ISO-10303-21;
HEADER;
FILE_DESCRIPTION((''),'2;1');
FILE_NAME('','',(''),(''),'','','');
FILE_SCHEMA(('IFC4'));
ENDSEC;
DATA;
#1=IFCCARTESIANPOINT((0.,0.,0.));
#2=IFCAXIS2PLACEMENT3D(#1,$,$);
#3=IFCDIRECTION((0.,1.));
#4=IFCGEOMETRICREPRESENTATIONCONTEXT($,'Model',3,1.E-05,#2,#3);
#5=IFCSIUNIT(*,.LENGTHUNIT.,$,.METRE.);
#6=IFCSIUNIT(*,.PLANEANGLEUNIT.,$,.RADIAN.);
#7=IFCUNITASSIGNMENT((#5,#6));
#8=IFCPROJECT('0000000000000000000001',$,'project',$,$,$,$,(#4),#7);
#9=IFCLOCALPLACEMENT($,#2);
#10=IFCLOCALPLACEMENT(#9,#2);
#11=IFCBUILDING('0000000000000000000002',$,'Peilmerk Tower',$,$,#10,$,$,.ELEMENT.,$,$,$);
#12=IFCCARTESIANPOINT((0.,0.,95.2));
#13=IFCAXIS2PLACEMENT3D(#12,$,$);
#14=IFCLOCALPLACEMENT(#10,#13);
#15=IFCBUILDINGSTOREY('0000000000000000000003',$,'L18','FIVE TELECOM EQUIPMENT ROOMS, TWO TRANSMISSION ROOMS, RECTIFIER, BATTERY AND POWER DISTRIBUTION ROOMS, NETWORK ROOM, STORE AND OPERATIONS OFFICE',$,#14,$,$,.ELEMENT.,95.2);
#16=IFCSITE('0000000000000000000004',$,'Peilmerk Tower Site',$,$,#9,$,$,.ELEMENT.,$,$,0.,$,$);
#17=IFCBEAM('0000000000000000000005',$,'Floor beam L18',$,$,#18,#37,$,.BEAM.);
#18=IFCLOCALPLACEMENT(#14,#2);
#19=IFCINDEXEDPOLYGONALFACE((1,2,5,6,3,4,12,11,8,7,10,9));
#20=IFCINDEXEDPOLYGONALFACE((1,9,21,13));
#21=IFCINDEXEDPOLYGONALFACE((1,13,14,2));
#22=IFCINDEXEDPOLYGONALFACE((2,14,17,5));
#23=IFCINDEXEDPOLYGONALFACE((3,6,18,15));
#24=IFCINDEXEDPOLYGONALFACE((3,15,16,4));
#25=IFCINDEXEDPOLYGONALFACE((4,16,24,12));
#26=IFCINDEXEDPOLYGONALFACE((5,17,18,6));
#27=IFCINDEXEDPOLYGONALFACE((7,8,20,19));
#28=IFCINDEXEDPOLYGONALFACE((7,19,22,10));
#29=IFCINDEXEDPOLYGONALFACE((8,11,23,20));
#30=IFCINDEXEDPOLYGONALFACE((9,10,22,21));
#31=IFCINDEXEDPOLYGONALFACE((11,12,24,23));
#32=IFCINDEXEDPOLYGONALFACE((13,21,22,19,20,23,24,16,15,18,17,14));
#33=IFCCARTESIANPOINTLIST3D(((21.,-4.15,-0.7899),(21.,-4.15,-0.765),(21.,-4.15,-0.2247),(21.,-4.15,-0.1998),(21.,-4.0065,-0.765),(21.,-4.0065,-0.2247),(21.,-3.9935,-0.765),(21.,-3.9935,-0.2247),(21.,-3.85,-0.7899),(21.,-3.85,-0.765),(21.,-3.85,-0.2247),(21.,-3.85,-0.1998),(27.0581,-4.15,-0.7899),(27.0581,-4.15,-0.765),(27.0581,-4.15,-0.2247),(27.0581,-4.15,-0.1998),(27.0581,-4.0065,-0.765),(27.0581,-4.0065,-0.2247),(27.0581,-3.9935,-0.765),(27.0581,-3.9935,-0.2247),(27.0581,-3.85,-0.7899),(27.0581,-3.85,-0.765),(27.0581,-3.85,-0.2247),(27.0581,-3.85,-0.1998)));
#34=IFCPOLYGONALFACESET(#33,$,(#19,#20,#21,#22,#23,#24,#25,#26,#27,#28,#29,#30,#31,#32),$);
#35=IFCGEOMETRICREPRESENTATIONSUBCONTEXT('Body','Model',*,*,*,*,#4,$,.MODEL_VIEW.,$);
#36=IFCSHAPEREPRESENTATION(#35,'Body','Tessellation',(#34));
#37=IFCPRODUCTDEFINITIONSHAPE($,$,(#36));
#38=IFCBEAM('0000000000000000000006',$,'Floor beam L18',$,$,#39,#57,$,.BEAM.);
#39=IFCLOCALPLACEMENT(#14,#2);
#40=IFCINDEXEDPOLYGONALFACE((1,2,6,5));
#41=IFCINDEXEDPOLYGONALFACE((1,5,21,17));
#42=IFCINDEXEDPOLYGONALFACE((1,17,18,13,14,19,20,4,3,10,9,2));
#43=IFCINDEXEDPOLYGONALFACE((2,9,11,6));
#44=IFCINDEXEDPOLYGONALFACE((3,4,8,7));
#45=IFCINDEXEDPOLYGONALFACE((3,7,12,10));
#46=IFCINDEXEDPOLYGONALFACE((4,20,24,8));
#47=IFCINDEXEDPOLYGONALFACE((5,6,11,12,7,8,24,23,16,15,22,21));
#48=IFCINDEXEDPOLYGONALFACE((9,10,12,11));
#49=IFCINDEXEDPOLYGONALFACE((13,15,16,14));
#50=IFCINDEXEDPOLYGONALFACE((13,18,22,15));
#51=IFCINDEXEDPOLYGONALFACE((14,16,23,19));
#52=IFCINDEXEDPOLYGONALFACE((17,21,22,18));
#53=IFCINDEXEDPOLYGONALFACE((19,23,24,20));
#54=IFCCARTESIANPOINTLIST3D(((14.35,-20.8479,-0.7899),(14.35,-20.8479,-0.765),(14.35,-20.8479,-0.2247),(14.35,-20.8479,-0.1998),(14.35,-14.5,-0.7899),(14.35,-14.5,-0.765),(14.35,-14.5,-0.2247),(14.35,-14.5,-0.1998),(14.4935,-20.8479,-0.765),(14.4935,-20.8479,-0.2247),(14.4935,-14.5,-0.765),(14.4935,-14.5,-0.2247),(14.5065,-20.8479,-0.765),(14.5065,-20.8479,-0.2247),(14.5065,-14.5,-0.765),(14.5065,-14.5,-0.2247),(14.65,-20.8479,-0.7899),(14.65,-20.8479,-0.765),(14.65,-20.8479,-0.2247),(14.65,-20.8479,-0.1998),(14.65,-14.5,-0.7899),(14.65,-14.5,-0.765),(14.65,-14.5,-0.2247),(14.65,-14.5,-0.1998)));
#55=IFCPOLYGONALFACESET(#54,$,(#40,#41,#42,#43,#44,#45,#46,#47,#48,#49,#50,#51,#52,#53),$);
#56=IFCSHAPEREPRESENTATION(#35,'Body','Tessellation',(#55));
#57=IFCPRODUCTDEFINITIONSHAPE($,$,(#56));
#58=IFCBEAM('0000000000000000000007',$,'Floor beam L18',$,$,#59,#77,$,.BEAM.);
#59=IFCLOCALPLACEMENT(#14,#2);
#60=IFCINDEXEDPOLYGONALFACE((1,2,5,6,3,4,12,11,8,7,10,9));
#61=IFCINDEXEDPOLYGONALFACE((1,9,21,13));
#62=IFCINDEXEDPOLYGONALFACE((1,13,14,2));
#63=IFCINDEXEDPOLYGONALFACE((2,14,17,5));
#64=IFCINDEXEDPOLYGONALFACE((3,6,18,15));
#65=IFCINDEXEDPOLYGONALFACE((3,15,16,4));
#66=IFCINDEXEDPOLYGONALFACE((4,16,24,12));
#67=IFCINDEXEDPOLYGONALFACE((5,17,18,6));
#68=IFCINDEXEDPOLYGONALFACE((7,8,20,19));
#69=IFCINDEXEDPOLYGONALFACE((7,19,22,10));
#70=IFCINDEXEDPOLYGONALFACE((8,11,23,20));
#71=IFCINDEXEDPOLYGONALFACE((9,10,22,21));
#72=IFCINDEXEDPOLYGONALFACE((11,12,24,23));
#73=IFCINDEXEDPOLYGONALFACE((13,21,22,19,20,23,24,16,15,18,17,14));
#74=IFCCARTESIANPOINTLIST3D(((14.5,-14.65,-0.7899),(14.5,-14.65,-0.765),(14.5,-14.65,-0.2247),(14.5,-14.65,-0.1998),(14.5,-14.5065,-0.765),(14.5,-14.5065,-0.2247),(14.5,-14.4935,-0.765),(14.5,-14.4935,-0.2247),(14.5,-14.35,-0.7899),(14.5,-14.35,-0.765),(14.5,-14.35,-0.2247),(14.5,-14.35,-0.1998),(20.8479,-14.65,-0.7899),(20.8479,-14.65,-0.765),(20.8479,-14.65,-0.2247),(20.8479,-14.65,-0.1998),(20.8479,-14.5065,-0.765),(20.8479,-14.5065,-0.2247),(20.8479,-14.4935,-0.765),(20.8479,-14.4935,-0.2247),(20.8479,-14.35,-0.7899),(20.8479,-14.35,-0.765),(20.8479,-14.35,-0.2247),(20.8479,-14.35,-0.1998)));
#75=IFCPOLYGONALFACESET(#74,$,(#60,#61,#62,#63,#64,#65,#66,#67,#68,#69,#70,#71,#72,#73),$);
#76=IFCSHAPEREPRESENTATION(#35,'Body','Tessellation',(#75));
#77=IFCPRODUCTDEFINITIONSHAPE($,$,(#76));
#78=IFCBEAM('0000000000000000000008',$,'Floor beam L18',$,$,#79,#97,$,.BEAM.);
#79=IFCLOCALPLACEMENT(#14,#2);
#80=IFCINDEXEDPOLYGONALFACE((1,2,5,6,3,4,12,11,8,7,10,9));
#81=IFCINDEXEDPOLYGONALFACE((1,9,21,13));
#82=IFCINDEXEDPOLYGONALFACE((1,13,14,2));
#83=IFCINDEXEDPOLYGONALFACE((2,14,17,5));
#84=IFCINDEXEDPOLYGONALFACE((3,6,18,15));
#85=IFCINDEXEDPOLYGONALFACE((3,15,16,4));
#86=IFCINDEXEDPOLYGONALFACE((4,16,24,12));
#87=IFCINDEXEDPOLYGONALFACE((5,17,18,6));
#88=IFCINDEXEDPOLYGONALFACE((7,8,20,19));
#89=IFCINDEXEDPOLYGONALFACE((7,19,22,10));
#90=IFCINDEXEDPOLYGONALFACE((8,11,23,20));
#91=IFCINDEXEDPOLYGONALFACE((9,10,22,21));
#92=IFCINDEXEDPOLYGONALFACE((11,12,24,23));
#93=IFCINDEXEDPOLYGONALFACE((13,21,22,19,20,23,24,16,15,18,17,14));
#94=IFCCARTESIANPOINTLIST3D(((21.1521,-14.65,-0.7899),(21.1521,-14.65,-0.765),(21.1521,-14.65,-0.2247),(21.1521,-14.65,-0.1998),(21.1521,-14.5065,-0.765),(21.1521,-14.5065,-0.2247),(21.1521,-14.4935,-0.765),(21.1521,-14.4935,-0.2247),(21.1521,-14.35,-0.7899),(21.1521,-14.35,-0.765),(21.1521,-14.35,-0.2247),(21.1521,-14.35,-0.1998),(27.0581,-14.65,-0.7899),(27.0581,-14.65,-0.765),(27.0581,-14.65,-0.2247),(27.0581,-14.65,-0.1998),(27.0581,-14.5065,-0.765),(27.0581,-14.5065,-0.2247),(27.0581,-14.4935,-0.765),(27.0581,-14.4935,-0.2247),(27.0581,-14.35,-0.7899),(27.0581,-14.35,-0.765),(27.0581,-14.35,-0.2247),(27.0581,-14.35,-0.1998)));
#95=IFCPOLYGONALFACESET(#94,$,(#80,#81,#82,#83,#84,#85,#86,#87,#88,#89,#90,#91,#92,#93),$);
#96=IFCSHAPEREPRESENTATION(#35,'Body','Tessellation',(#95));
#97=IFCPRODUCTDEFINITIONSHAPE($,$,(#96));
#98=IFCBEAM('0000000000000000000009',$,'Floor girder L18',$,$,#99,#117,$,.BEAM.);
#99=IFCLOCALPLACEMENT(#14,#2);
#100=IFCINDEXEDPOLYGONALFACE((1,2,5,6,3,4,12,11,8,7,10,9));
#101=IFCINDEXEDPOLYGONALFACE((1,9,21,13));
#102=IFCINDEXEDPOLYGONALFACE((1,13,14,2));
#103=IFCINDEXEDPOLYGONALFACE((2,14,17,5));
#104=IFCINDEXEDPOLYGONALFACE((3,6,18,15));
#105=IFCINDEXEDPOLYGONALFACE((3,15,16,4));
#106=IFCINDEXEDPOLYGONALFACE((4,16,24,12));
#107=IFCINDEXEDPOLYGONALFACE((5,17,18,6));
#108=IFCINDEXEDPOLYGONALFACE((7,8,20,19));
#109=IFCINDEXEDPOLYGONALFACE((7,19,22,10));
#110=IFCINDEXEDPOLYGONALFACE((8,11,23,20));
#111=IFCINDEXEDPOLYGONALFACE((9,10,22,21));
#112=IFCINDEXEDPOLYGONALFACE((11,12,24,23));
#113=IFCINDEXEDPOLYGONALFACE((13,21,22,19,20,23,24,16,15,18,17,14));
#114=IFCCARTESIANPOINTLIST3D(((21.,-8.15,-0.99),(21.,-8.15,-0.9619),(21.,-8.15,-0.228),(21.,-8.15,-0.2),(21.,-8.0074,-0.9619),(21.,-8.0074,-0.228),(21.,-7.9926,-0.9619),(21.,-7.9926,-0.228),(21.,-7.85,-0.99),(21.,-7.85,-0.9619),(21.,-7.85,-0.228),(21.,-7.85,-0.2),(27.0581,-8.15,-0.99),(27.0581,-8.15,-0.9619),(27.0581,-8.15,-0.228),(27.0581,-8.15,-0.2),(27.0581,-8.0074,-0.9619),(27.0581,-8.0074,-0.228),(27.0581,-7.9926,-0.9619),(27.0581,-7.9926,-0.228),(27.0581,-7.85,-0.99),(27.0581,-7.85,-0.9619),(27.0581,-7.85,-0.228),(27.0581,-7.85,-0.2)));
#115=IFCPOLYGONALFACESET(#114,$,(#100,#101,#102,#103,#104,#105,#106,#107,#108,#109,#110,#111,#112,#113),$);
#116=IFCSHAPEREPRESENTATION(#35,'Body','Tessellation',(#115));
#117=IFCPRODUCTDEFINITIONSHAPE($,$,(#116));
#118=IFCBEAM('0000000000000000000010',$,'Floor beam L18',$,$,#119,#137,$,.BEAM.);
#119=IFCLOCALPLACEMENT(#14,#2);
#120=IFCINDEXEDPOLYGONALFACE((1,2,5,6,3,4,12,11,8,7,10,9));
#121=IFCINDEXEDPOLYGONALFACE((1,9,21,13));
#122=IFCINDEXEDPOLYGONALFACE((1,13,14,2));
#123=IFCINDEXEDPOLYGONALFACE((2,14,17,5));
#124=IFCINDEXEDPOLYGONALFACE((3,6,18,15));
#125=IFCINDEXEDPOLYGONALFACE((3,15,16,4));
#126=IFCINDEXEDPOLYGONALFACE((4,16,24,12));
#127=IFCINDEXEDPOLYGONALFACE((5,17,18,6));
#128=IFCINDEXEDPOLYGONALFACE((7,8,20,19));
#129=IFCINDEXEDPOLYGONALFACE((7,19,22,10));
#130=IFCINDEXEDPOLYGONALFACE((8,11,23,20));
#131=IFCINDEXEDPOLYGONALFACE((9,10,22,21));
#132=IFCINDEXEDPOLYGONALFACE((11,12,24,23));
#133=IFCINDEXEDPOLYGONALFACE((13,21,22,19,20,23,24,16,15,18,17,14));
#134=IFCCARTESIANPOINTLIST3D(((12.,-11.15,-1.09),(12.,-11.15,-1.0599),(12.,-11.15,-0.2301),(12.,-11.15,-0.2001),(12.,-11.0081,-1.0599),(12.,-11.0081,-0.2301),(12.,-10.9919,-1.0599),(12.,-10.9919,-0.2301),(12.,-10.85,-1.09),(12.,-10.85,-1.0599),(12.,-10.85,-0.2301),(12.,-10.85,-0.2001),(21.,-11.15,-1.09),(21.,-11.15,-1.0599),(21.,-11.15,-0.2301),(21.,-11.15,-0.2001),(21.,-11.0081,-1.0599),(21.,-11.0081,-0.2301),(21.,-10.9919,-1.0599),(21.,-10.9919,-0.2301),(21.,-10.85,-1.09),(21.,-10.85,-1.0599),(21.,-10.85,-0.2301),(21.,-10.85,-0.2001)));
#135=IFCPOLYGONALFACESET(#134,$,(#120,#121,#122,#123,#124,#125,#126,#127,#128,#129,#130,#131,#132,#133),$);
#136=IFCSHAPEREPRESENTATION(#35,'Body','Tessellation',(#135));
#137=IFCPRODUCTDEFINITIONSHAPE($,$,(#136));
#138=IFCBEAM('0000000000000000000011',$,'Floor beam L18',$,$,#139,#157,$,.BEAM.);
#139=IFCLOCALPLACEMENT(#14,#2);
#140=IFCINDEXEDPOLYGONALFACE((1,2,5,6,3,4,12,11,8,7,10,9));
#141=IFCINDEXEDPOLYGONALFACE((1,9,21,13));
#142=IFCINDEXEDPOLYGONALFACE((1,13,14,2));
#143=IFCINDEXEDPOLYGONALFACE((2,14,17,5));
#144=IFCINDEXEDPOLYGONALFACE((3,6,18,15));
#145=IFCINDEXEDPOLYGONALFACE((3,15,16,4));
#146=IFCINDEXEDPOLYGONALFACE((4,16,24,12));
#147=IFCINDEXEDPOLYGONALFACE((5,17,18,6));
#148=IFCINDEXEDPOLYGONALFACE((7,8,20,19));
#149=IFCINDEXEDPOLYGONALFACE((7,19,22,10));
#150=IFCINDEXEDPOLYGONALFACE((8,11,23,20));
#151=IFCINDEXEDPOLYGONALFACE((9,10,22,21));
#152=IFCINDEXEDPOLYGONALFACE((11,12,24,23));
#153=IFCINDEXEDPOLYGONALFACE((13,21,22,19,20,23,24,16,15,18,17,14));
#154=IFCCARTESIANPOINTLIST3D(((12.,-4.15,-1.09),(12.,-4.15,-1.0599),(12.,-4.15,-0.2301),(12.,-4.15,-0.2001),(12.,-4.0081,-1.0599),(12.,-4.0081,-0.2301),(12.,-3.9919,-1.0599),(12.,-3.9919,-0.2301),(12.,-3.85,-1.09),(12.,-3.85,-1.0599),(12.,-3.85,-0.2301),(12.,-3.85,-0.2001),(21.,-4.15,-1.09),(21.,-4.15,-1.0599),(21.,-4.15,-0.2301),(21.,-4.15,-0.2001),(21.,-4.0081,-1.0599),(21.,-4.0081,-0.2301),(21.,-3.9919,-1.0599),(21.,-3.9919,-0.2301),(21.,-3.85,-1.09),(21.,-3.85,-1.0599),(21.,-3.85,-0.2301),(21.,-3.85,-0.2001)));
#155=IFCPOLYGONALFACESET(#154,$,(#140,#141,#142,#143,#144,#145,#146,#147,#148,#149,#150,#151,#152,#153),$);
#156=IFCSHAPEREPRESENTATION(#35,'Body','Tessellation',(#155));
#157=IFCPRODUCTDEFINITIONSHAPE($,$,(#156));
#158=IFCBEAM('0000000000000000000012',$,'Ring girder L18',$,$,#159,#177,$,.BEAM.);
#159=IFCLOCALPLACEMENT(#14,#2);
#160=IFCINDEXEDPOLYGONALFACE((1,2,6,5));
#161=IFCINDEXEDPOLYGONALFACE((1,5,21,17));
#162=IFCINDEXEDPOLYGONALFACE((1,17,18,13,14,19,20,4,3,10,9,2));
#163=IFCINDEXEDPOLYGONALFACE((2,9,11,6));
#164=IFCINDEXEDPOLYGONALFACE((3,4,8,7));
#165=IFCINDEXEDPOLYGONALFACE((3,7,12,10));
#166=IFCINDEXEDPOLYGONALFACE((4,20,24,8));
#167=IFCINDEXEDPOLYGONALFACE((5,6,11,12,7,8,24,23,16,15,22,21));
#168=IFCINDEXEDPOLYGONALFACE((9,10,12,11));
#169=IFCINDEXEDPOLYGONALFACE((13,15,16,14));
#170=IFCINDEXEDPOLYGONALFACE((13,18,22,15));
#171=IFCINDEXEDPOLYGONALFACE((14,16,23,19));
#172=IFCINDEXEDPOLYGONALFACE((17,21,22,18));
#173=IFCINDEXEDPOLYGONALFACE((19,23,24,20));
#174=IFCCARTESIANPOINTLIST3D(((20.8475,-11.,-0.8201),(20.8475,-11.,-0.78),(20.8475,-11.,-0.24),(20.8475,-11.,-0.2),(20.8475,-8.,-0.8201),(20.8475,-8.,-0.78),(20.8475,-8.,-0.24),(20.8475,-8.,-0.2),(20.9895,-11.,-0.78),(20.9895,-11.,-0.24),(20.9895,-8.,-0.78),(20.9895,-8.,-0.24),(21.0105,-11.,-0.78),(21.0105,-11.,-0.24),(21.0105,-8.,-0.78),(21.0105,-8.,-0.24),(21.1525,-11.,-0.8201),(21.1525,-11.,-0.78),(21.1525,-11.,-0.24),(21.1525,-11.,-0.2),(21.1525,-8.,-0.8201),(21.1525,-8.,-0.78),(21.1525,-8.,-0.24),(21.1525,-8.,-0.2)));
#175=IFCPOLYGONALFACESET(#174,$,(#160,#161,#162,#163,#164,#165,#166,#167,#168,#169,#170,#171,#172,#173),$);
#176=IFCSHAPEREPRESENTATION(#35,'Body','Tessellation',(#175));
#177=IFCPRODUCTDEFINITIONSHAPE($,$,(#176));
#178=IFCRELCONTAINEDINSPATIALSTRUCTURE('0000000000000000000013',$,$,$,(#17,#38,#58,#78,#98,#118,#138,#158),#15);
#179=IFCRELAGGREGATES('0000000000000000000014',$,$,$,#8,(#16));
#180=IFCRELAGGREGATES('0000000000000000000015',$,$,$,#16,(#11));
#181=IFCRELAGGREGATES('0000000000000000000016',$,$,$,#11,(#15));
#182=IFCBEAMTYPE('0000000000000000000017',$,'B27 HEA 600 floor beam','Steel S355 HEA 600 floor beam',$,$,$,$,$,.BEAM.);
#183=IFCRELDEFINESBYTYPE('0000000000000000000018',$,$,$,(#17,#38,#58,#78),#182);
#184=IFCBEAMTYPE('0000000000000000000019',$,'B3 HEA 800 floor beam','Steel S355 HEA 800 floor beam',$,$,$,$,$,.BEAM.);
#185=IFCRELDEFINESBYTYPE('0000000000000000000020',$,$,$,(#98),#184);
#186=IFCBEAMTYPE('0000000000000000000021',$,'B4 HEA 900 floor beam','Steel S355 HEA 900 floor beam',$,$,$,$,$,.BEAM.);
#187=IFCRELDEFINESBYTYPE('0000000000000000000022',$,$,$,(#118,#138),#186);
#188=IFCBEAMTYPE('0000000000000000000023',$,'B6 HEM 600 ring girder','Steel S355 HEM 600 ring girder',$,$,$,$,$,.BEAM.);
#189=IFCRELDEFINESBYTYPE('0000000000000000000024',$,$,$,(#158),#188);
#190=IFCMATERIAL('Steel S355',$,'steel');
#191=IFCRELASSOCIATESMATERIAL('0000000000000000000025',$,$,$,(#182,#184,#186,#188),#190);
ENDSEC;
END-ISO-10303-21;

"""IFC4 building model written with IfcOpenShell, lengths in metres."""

from ifc_helpers import new_model, si_unit, direction, frame, origin, origin_2d, place, context, subcontext, project, spatial, i_section, extrude, material, material_profile, profile_set, type_object, element, save


model = new_model("IFC4")

# Units and contexts
model_context = context("Model", 3, precision=1e-05, world=origin(), true_north=direction((0.0, 1.0)))
body_context = subcontext(model_context, "Body", "Model", "MODEL_VIEW")
ifc_project = project(units=[si_unit("LENGTHUNIT", "METRE"), si_unit("PLANEANGLEUNIT", "RADIAN")], contexts=[model_context])

# Site, building, storey
site_placement = place(None, origin())
site = spatial("IfcSite", under=ifc_project, at=site_placement, Name="Peilmerk Tower Site", CompositionType="ELEMENT", RefElevation=0.0)
building_placement = place(site_placement, origin())
building = spatial("IfcBuilding", under=site, at=building_placement, Name="Peilmerk Tower", CompositionType="ELEMENT")
storey_placement = place(building_placement, frame((0.0, 0.0, 95.2)))
storey = spatial("IfcBuildingStorey", under=building, at=storey_placement, Name="L18", Description="FIVE TELECOM EQUIPMENT ROOMS, TWO TRANSMISSION ROOMS, RECTIFIER, BATTERY AND POWER DISTRIBUTION ROOMS, NETWORK ROOM, STORE AND OPERATIONS OFFICE", CompositionType="ELEMENT", Elevation=95.2)

# Beams
ifc_material_1 = material(Name="Steel S355", Category="steel")
ifc_material_profile_1 = material_profile(ifc_material_1, i_section(OverallWidth=0.3, OverallDepth=0.5901, WebThickness=0.0129, FlangeThickness=0.0249, at=origin_2d()), Name="HEA 600")
ifc_profile_set_1 = profile_set([ifc_material_profile_1], Name="Steel S355")
beam_type_1 = type_object("IfcBeamType", Name="B27 HEA 600 floor beam", Description="Steel S355 HEA 600 floor beam", PredefinedType="BEAM", material=ifc_profile_set_1)
for number, where, z_axis, x_axis, name in (
    (1, (21.0, -4.0, -0.4949), (1.0, 0.0, 0.0), (0.0, 1.0, 0.0), "Floor beam L18"),
):
    element("IfcBeam", number, at=place(storey_placement, frame(where, z_axis=z_axis, x_axis=x_axis)), inside=storey, type_object=beam_type_1, Name=name, PredefinedType="BEAM", context=body_context, shape_type="SweptSolid", body=[
        extrude(i_section(OverallWidth=0.3, OverallDepth=0.5901, WebThickness=0.0129, FlangeThickness=0.0249, at=origin_2d()), origin(), (0.0, 0.0, 1.0), 6.0581),
    ])
for number, where, z_axis, x_axis, name in (
    (2, (14.5, -14.5, -0.4949), (0.0, -1.0, 0.0), (1.0, 0.0, 0.0), "Floor beam L18"),
    (3, (14.5, -14.5, -0.4949), (1.0, 0.0, 0.0), (0.0, 1.0, 0.0), "Floor beam L18"),
):
    element("IfcBeam", number, at=place(storey_placement, frame(where, z_axis=z_axis, x_axis=x_axis)), inside=storey, type_object=beam_type_1, Name=name, PredefinedType="BEAM", context=body_context, shape_type="SweptSolid", body=[
        extrude(i_section(OverallWidth=0.3, OverallDepth=0.5901, WebThickness=0.0129, FlangeThickness=0.0249, at=origin_2d()), origin(), (0.0, 0.0, 1.0), 6.3479),
    ])
beam_1_placement = place(storey_placement, frame((21.1521, -14.5, -0.4949), z_axis=(1.0, 0.0, 0.0), x_axis=(0.0, 1.0, 0.0)))
element("IfcBeam", 4, at=beam_1_placement, inside=storey, type_object=beam_type_1, Name="Floor beam L18", PredefinedType="BEAM", context=body_context, shape_type="SweptSolid", body=[
    extrude(i_section(OverallWidth=0.3, OverallDepth=0.5901, WebThickness=0.0129, FlangeThickness=0.0249, at=origin_2d()), origin(), (0.0, 0.0, 1.0), 5.906),
])
ifc_material_profile_2 = material_profile(ifc_material_1, i_section(OverallWidth=0.3, OverallDepth=0.79, WebThickness=0.0149, FlangeThickness=0.0281, at=origin_2d()), Name="HEA 800")
ifc_profile_set_2 = profile_set([ifc_material_profile_2], Name="Steel S355")
beam_type_2 = type_object("IfcBeamType", Name="B3 HEA 800 floor beam", Description="Steel S355 HEA 800 floor beam", PredefinedType="BEAM", material=ifc_profile_set_2)
beam_2_placement = place(storey_placement, frame((21.0, -8.0, -0.595), z_axis=(1.0, 0.0, 0.0), x_axis=(0.0, 1.0, 0.0)))
element("IfcBeam", 5, at=beam_2_placement, inside=storey, type_object=beam_type_2, Name="Floor girder L18", PredefinedType="BEAM", context=body_context, shape_type="SweptSolid", body=[
    extrude(i_section(OverallWidth=0.3, OverallDepth=0.79, WebThickness=0.0149, FlangeThickness=0.0281, at=origin_2d()), origin(), (0.0, 0.0, 1.0), 6.0581),
])
ifc_material_profile_3 = material_profile(ifc_material_1, i_section(OverallWidth=0.3, OverallDepth=0.8899, WebThickness=0.0161, FlangeThickness=0.03, at=origin_2d()), Name="HEA 900")
ifc_profile_set_3 = profile_set([ifc_material_profile_3], Name="Steel S355")
beam_type_3 = type_object("IfcBeamType", Name="B4 HEA 900 floor beam", Description="Steel S355 HEA 900 floor beam", PredefinedType="BEAM", material=ifc_profile_set_3)
for number, where, z_axis, x_axis, name in (
    (6, (12.0, -11.0, -0.645), (1.0, 0.0, 0.0), (0.0, 1.0, 0.0), "Floor beam L18"),
    (7, (12.0, -4.0, -0.645), (1.0, 0.0, 0.0), (0.0, 1.0, 0.0), "Floor beam L18"),
):
    element("IfcBeam", number, at=place(storey_placement, frame(where, z_axis=z_axis, x_axis=x_axis)), inside=storey, type_object=beam_type_3, Name=name, PredefinedType="BEAM", context=body_context, shape_type="SweptSolid", body=[
        extrude(i_section(OverallWidth=0.3, OverallDepth=0.8899, WebThickness=0.0161, FlangeThickness=0.03, at=origin_2d()), origin(), (0.0, 0.0, 1.0), 9.0),
    ])
ifc_material_profile_4 = material_profile(ifc_material_1, i_section(OverallWidth=0.3049, OverallDepth=0.6201, WebThickness=0.021, FlangeThickness=0.04, at=origin_2d()), Name="HEM 600")
ifc_profile_set_4 = profile_set([ifc_material_profile_4], Name="Steel S355")
beam_type_4 = type_object("IfcBeamType", Name="B6 HEM 600 ring girder", Description="Steel S355 HEM 600 ring girder", PredefinedType="BEAM", material=ifc_profile_set_4)
beam_3_placement = place(storey_placement, frame((21.0, -11.0, -0.51), z_axis=(0.0, 1.0, 0.0), x_axis=(-1.0, 0.0, 0.0)))
element("IfcBeam", 8, at=beam_3_placement, inside=storey, type_object=beam_type_4, Name="Ring girder L18", PredefinedType="BEAM", context=body_context, shape_type="SweptSolid", body=[
    extrude(i_section(OverallWidth=0.3049, OverallDepth=0.6201, WebThickness=0.021, FlangeThickness=0.04, at=origin_2d()), origin(), (0.0, 0.0, 1.0), 3.0),
])

save(model, "model.ifc")
